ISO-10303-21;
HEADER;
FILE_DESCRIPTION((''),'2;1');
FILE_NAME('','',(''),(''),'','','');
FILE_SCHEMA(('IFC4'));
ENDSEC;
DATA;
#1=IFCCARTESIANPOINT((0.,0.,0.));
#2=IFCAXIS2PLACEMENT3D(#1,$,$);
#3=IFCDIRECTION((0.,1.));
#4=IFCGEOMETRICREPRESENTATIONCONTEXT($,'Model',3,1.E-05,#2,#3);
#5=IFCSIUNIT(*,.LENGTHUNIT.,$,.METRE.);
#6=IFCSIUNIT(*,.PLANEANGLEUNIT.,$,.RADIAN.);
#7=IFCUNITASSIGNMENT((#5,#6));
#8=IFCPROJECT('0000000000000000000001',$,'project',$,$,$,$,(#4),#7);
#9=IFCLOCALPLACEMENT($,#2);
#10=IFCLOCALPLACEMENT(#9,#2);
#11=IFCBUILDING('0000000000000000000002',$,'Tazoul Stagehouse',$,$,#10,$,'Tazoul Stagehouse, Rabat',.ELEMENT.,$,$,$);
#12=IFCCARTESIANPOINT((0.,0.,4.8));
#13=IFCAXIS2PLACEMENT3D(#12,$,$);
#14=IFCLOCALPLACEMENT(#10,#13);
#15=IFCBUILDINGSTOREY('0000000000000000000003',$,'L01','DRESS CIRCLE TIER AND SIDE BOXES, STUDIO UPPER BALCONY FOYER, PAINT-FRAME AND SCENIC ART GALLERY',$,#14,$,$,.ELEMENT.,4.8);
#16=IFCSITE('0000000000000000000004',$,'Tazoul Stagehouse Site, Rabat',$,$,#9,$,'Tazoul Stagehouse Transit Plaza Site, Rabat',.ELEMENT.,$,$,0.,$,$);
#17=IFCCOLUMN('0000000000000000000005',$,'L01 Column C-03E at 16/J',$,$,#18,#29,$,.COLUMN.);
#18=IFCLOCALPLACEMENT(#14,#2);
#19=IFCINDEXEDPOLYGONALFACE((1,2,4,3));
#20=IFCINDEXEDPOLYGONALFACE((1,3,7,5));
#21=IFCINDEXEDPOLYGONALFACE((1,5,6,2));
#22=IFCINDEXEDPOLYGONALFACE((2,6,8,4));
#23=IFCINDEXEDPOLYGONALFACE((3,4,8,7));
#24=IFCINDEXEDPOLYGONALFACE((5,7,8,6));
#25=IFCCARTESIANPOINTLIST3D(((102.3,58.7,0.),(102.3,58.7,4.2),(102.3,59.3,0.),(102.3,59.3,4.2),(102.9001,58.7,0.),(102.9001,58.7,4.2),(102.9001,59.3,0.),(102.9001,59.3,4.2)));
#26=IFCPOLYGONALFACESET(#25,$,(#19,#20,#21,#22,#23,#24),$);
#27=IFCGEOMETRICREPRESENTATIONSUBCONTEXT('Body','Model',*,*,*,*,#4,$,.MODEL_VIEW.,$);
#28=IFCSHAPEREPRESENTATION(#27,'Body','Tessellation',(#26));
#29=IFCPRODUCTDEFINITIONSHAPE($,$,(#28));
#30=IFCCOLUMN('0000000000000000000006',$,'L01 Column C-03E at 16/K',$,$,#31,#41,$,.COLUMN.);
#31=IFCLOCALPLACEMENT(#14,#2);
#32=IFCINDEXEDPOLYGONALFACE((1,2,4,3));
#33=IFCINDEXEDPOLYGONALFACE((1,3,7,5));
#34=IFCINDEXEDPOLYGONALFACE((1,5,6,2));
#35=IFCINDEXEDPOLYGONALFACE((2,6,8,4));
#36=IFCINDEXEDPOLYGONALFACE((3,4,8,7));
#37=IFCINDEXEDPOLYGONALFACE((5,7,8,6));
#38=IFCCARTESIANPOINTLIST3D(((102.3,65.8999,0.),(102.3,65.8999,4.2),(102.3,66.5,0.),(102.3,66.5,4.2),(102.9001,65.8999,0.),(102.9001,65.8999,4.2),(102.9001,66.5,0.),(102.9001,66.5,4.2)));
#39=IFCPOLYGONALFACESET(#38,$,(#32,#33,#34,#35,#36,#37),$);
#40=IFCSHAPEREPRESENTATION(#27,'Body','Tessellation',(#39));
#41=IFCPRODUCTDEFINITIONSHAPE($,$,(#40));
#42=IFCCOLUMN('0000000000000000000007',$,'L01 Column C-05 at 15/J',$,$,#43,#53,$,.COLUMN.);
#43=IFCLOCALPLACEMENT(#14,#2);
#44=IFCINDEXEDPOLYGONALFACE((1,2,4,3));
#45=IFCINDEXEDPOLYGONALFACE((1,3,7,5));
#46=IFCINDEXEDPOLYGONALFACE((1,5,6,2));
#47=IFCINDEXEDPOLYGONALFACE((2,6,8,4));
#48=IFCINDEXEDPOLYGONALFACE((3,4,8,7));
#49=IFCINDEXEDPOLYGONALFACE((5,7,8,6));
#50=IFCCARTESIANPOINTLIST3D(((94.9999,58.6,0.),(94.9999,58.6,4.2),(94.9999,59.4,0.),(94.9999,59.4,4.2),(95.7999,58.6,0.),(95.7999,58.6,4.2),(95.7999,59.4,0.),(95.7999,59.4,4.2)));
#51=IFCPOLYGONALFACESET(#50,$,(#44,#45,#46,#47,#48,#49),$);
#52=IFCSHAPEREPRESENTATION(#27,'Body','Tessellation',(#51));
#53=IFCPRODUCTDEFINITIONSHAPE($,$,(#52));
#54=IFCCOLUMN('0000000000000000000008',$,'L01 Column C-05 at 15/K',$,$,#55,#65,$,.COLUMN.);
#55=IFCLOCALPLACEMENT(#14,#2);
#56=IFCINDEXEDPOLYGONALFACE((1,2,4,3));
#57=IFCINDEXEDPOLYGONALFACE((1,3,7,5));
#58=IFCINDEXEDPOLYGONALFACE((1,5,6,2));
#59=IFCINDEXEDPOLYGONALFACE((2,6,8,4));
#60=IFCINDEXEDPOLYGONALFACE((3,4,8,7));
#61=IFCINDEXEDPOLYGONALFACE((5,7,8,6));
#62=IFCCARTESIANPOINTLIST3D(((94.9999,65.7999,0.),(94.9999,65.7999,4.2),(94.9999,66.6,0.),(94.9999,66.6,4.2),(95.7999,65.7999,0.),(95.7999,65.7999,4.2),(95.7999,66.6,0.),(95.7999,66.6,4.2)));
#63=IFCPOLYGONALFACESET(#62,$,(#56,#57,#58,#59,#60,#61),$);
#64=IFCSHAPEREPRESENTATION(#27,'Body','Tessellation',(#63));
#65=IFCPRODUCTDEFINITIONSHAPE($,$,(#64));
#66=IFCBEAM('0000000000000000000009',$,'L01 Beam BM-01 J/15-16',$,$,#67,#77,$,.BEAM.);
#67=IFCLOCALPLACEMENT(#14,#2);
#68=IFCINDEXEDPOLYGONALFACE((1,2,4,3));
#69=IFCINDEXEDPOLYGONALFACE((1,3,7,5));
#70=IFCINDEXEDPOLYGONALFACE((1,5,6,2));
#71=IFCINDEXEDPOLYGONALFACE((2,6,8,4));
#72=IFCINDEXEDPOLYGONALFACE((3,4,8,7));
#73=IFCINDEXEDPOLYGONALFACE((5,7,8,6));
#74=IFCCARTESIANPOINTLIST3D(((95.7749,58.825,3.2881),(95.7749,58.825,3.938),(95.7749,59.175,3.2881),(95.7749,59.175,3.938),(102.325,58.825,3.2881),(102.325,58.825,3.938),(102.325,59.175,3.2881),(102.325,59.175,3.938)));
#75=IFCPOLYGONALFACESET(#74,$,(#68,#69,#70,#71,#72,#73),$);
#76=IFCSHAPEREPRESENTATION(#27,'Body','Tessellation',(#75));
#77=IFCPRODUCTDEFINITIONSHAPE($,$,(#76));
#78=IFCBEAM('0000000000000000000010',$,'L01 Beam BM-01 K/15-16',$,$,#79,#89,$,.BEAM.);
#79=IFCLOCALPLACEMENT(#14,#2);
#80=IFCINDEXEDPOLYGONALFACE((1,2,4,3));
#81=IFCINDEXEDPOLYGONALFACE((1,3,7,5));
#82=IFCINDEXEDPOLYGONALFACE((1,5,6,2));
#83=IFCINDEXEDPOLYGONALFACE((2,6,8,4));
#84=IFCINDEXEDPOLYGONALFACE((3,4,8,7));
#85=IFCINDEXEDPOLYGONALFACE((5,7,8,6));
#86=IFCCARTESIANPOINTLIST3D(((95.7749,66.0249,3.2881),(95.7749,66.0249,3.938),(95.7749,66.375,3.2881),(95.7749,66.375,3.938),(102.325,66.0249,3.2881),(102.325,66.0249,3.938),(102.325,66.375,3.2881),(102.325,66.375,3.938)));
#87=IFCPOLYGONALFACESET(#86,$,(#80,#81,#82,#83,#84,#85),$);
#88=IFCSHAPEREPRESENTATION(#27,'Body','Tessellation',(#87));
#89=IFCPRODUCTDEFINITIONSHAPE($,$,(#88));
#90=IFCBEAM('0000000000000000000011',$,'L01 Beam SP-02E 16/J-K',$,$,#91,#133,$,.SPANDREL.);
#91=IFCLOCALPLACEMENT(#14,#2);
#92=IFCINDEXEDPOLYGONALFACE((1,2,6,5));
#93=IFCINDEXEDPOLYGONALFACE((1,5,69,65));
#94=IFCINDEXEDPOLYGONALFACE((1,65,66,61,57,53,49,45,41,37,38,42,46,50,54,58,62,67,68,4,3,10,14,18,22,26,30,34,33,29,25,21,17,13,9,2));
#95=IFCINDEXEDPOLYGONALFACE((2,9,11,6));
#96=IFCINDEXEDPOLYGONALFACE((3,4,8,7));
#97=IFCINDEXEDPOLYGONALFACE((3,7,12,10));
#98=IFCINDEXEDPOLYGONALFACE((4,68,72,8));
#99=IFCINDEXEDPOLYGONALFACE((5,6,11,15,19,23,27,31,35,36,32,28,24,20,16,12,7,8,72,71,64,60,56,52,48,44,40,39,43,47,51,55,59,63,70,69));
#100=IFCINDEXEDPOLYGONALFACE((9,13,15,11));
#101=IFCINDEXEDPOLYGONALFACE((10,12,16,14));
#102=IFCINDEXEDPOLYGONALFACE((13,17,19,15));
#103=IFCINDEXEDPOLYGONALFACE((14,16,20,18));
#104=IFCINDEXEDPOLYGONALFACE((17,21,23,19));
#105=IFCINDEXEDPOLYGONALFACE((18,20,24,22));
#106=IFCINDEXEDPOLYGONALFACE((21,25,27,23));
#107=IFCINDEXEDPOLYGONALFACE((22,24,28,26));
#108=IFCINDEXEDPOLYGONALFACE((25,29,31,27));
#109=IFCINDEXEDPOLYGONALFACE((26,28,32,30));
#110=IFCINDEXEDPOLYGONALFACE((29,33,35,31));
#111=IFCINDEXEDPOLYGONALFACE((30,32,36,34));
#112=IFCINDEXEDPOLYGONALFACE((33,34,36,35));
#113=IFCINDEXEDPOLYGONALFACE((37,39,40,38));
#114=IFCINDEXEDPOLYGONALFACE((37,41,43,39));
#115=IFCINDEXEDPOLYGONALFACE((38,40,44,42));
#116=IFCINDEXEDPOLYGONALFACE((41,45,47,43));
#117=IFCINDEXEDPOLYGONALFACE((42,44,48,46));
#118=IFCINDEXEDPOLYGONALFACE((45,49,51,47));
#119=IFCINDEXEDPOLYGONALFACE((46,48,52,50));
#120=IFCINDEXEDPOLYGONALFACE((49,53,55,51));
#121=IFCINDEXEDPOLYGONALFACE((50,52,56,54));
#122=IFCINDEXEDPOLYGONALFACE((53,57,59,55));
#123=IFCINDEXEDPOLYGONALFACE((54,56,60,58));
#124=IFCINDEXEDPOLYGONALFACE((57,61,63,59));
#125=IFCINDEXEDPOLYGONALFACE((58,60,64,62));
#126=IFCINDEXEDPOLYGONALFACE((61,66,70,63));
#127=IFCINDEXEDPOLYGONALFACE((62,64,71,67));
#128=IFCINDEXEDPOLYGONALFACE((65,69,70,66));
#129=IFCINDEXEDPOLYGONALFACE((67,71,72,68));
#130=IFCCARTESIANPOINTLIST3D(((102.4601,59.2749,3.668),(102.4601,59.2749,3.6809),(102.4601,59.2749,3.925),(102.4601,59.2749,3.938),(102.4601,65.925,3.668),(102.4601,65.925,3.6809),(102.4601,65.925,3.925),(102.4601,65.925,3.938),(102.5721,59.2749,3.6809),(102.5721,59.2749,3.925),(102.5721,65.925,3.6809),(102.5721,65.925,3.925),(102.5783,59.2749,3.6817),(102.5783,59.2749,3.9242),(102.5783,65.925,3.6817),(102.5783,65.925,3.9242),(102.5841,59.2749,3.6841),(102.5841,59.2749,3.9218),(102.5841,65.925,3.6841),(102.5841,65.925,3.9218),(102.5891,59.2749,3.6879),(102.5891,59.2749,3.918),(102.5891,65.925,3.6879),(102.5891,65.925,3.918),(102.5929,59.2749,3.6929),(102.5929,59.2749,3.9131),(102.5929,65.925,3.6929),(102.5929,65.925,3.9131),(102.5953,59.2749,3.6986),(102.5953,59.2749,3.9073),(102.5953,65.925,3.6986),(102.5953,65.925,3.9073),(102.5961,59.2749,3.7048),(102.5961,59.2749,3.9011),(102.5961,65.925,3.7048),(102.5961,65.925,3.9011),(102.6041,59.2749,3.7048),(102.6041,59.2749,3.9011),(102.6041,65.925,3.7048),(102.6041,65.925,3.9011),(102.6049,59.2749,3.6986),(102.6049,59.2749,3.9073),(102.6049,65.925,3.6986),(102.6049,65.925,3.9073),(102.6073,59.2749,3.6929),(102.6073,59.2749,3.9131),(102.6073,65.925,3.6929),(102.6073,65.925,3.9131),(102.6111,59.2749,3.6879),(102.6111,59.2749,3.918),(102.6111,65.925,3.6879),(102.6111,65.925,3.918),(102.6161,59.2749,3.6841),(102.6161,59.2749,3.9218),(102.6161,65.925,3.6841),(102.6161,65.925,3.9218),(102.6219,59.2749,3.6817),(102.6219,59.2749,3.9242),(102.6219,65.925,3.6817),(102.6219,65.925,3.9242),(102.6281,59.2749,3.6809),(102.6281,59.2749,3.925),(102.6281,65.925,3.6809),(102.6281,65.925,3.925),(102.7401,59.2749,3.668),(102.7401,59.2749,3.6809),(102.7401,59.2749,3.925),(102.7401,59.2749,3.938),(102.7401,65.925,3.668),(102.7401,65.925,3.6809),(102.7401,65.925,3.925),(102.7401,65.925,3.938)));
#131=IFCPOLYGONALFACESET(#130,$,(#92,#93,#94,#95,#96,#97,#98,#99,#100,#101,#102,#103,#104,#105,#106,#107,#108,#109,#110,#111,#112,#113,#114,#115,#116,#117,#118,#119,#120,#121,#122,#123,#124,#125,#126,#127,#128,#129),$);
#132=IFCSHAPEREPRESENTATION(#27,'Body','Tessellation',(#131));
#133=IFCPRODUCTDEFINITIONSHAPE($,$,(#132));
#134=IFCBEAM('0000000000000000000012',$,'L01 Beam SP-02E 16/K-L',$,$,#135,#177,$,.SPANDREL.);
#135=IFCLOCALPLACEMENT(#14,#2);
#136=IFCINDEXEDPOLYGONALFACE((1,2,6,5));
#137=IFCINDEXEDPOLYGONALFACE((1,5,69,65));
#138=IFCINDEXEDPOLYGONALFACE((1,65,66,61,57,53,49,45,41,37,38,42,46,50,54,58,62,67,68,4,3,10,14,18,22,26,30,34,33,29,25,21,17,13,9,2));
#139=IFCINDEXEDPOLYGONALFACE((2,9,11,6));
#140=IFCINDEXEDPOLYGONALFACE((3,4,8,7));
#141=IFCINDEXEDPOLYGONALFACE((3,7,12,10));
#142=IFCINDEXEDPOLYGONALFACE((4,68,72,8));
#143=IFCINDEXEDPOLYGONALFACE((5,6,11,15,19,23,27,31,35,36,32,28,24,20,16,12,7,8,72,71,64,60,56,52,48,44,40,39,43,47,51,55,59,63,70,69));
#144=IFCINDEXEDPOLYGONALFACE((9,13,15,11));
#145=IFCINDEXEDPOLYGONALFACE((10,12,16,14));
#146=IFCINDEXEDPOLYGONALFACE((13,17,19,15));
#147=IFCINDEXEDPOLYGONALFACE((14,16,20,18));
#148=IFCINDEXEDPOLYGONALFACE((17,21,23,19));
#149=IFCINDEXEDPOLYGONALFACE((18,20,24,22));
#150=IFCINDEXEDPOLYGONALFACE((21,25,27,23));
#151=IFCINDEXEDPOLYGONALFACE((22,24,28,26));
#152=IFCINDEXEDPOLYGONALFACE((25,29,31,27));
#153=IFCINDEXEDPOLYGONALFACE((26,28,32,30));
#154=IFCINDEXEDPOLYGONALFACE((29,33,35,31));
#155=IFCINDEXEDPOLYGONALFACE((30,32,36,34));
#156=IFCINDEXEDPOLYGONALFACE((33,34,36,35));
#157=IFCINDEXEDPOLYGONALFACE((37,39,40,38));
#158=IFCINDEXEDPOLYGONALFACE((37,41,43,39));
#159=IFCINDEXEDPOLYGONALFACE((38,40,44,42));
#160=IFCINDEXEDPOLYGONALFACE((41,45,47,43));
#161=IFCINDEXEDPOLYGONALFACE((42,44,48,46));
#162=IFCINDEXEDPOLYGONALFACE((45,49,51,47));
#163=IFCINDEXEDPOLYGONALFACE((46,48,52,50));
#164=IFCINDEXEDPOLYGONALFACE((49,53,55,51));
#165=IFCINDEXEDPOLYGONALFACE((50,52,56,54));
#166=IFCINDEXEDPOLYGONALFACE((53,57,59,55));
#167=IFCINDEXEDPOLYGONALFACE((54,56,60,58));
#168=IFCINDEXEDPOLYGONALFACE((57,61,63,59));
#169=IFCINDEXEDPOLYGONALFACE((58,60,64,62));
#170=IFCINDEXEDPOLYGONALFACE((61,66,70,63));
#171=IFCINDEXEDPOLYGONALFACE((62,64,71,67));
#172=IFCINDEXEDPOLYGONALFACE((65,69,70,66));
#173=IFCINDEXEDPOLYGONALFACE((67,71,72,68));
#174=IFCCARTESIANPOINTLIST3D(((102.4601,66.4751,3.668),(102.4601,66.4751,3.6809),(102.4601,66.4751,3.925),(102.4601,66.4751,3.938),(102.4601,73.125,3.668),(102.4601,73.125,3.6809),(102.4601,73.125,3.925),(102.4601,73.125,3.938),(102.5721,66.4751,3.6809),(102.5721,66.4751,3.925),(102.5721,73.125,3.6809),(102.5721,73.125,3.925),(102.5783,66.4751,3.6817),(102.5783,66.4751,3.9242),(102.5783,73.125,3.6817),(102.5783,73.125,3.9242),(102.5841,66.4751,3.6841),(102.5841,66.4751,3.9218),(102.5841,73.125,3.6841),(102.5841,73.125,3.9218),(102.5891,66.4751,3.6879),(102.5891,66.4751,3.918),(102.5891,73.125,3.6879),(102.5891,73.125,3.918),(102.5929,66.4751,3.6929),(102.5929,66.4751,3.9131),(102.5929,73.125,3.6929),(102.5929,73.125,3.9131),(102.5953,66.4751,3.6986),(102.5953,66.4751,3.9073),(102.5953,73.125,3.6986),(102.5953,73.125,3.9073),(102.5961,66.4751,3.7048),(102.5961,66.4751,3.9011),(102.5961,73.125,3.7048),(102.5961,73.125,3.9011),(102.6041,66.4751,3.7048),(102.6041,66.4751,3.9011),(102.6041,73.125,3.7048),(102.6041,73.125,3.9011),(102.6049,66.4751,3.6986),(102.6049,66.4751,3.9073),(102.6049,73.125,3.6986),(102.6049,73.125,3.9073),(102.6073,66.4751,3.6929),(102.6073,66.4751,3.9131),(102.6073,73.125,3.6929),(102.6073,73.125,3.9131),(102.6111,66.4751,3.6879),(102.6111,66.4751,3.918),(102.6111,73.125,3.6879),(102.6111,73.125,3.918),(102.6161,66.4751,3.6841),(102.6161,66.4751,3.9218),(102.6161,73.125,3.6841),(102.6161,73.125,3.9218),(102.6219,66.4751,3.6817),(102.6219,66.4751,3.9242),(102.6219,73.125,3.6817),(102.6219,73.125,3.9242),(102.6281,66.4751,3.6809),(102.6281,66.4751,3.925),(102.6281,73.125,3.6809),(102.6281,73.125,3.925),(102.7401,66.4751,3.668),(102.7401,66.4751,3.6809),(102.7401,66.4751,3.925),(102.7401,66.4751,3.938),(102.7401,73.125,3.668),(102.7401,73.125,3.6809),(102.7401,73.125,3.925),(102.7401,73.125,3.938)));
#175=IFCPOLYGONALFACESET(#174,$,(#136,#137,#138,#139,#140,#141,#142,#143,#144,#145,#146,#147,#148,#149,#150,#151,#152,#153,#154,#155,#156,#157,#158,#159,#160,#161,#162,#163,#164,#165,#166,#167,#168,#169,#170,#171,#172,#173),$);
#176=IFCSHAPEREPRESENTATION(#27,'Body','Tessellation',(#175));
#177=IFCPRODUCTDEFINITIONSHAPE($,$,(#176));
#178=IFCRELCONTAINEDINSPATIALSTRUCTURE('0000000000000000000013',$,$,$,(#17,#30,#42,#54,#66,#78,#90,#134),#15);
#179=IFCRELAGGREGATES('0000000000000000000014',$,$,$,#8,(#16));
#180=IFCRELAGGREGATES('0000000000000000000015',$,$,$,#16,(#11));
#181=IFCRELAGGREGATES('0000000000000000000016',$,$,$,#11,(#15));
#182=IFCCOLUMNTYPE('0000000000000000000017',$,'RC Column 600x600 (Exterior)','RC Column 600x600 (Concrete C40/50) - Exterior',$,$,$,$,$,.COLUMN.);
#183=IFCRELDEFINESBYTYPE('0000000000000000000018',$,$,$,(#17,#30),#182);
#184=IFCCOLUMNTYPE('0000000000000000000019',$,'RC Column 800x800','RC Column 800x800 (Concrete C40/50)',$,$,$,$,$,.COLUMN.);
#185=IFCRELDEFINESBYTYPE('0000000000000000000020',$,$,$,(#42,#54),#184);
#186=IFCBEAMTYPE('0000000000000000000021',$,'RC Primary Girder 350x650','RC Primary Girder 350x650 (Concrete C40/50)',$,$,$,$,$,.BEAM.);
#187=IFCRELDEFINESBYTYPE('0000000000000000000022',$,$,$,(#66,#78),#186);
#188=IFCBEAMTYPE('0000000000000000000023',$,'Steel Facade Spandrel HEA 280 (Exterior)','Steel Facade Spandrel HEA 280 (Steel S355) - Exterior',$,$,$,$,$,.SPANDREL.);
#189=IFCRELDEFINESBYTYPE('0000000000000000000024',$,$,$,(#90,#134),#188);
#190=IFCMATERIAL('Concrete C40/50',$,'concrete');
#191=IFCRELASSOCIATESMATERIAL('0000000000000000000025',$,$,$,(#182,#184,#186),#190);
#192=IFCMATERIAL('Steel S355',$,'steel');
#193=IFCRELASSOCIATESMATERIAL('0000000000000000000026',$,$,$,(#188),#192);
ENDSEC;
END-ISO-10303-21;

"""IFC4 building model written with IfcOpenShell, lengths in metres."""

from ifc_helpers import new_model, si_unit, direction, frame, origin, origin_2d, place, context, subcontext, project, spatial, rectangle, i_section, extrude, material, material_profile, profile_set, type_object, element, save


model = new_model("IFC4")

# Units and contexts
model_context = context("Model", 3, precision=1e-05, world=origin(), true_north=direction((0.0, 1.0)))
body_context = subcontext(model_context, "Body", "Model", "MODEL_VIEW")
ifc_project = project(units=[si_unit("LENGTHUNIT", "METRE"), si_unit("PLANEANGLEUNIT", "RADIAN")], contexts=[model_context])

# Site, building, storey
site_placement = place(None, origin())
site = spatial("IfcSite", under=ifc_project, at=site_placement, Name="Tazoul Stagehouse Site, Rabat", LongName="Tazoul Stagehouse Transit Plaza Site, Rabat", CompositionType="ELEMENT", RefElevation=0.0)
building_placement = place(site_placement, origin())
building = spatial("IfcBuilding", under=site, at=building_placement, Name="Tazoul Stagehouse", LongName="Tazoul Stagehouse, Rabat", CompositionType="ELEMENT")
storey_placement = place(building_placement, frame((0.0, 0.0, 4.8)))
storey = spatial("IfcBuildingStorey", under=building, at=storey_placement, Name="L01", Description="DRESS CIRCLE TIER AND SIDE BOXES, STUDIO UPPER BALCONY FOYER, PAINT-FRAME AND SCENIC ART GALLERY", CompositionType="ELEMENT", Elevation=4.8)

# Columns
ifc_material_1 = material(Name="Concrete C40/50", Category="concrete")
ifc_material_profile_1 = material_profile(ifc_material_1, rectangle(XDim=0.6001, YDim=0.6001, at=origin_2d()), Name="RC 600x600")
ifc_profile_set_1 = profile_set([ifc_material_profile_1], Name="Concrete C40/50")
column_type_1 = type_object("IfcColumnType", Name="RC Column 600x600 (Exterior)", Description="RC Column 600x600 (Concrete C40/50) - Exterior", PredefinedType="COLUMN", material=ifc_profile_set_1)
for number, where, z_axis, x_axis, name in (
    (1, (102.6001, 59.0, 0.0), (0.0, 0.0, 1.0), (1.0, 0.0, 0.0), "L01 Column C-03E at 16/J"),
    (2, (102.6001, 66.2, 0.0), (0.0, 0.0, 1.0), (1.0, 0.0, 0.0), "L01 Column C-03E at 16/K"),
):
    element("IfcColumn", number, at=place(storey_placement, frame(where, z_axis=z_axis, x_axis=x_axis)), inside=storey, type_object=column_type_1, Name=name, PredefinedType="COLUMN", context=body_context, shape_type="SweptSolid", body=[
        extrude(rectangle(XDim=0.6001, YDim=0.6001, at=origin_2d()), origin(), (0.0, 0.0, 1.0), 4.2),
    ])
ifc_material_profile_2 = material_profile(ifc_material_1, rectangle(XDim=0.8, YDim=0.8, at=origin_2d()), Name="RC 800x800")
ifc_profile_set_2 = profile_set([ifc_material_profile_2], Name="Concrete C40/50")
column_type_2 = type_object("IfcColumnType", Name="RC Column 800x800", Description="RC Column 800x800 (Concrete C40/50)", PredefinedType="COLUMN", material=ifc_profile_set_2)
for number, where, z_axis, x_axis, name in (
    (3, (95.3999, 59.0, 0.0), (0.0, 0.0, 1.0), (1.0, 0.0, 0.0), "L01 Column C-05 at 15/J"),
    (4, (95.3999, 66.2, 0.0), (0.0, 0.0, 1.0), (1.0, 0.0, 0.0), "L01 Column C-05 at 15/K"),
):
    element("IfcColumn", number, at=place(storey_placement, frame(where, z_axis=z_axis, x_axis=x_axis)), inside=storey, type_object=column_type_2, Name=name, PredefinedType="COLUMN", context=body_context, shape_type="SweptSolid", body=[
        extrude(rectangle(XDim=0.8, YDim=0.8, at=origin_2d()), origin(), (0.0, 0.0, 1.0), 4.2),
    ])

# Beams
ifc_material_profile_3 = material_profile(ifc_material_1, rectangle(XDim=0.3501, YDim=0.6499, at=origin_2d()), Name="RC 350x650")
ifc_profile_set_3 = profile_set([ifc_material_profile_3], Name="Concrete C40/50")
beam_type_1 = type_object("IfcBeamType", Name="RC Primary Girder 350x650", Description="RC Primary Girder 350x650 (Concrete C40/50)", PredefinedType="BEAM", material=ifc_profile_set_3)
for number, where, z_axis, x_axis, name in (
    (5, (95.7749, 59.0, 3.613), (1.0, 0.0, 0.0), (0.0, 1.0, 0.0), "L01 Beam BM-01 J/15-16"),
    (6, (95.7749, 66.2, 3.613), (1.0, 0.0, 0.0), (0.0, 1.0, 0.0), "L01 Beam BM-01 K/15-16"),
):
    element("IfcBeam", number, at=place(storey_placement, frame(where, z_axis=z_axis, x_axis=x_axis)), inside=storey, type_object=beam_type_1, Name=name, PredefinedType="BEAM", context=body_context, shape_type="SweptSolid", body=[
        extrude(rectangle(XDim=0.3501, YDim=0.6499, at=origin_2d()), origin(), (0.0, 0.0, 1.0), 6.55),
    ])
ifc_material_2 = material(Name="Steel S355", Category="steel")
ifc_material_profile_4 = material_profile(ifc_material_2, i_section(OverallWidth=0.28, OverallDepth=0.27, WebThickness=0.0081, FlangeThickness=0.0129, FilletRadius=0.0239, at=origin_2d()), Name="HEA 280")
ifc_profile_set_4 = profile_set([ifc_material_profile_4], Name="Steel S355")
beam_type_2 = type_object("IfcBeamType", Name="Steel Facade Spandrel HEA 280 (Exterior)", Description="Steel Facade Spandrel HEA 280 (Steel S355) - Exterior", PredefinedType="SPANDREL", material=ifc_profile_set_4)
beam_1_placement = place(storey_placement, frame((102.6001, 59.2749, 3.803), z_axis=(0.0, 1.0, 0.0), x_axis=(-1.0, 0.0, 0.0)))
element("IfcBeam", 7, at=beam_1_placement, inside=storey, type_object=beam_type_2, Name="L01 Beam SP-02E 16/J-K", PredefinedType="SPANDREL", context=body_context, shape_type="SweptSolid", body=[
    extrude(i_section(OverallWidth=0.28, OverallDepth=0.27, WebThickness=0.0081, FlangeThickness=0.0129, FilletRadius=0.0239, at=origin_2d()), origin(), (0.0, 0.0, 1.0), 6.6501),
])
beam_2_placement = place(storey_placement, frame((102.6001, 66.4751, 3.803), z_axis=(0.0, 1.0, 0.0), x_axis=(-1.0, 0.0, 0.0)))
element("IfcBeam", 8, at=beam_2_placement, inside=storey, type_object=beam_type_2, Name="L01 Beam SP-02E 16/K-L", PredefinedType="SPANDREL", context=body_context, shape_type="SweptSolid", body=[
    extrude(i_section(OverallWidth=0.28, OverallDepth=0.27, WebThickness=0.0081, FlangeThickness=0.0129, FilletRadius=0.0239, at=origin_2d()), origin(), (0.0, 0.0, 1.0), 6.6499),
])

save(model, "model.ifc")
